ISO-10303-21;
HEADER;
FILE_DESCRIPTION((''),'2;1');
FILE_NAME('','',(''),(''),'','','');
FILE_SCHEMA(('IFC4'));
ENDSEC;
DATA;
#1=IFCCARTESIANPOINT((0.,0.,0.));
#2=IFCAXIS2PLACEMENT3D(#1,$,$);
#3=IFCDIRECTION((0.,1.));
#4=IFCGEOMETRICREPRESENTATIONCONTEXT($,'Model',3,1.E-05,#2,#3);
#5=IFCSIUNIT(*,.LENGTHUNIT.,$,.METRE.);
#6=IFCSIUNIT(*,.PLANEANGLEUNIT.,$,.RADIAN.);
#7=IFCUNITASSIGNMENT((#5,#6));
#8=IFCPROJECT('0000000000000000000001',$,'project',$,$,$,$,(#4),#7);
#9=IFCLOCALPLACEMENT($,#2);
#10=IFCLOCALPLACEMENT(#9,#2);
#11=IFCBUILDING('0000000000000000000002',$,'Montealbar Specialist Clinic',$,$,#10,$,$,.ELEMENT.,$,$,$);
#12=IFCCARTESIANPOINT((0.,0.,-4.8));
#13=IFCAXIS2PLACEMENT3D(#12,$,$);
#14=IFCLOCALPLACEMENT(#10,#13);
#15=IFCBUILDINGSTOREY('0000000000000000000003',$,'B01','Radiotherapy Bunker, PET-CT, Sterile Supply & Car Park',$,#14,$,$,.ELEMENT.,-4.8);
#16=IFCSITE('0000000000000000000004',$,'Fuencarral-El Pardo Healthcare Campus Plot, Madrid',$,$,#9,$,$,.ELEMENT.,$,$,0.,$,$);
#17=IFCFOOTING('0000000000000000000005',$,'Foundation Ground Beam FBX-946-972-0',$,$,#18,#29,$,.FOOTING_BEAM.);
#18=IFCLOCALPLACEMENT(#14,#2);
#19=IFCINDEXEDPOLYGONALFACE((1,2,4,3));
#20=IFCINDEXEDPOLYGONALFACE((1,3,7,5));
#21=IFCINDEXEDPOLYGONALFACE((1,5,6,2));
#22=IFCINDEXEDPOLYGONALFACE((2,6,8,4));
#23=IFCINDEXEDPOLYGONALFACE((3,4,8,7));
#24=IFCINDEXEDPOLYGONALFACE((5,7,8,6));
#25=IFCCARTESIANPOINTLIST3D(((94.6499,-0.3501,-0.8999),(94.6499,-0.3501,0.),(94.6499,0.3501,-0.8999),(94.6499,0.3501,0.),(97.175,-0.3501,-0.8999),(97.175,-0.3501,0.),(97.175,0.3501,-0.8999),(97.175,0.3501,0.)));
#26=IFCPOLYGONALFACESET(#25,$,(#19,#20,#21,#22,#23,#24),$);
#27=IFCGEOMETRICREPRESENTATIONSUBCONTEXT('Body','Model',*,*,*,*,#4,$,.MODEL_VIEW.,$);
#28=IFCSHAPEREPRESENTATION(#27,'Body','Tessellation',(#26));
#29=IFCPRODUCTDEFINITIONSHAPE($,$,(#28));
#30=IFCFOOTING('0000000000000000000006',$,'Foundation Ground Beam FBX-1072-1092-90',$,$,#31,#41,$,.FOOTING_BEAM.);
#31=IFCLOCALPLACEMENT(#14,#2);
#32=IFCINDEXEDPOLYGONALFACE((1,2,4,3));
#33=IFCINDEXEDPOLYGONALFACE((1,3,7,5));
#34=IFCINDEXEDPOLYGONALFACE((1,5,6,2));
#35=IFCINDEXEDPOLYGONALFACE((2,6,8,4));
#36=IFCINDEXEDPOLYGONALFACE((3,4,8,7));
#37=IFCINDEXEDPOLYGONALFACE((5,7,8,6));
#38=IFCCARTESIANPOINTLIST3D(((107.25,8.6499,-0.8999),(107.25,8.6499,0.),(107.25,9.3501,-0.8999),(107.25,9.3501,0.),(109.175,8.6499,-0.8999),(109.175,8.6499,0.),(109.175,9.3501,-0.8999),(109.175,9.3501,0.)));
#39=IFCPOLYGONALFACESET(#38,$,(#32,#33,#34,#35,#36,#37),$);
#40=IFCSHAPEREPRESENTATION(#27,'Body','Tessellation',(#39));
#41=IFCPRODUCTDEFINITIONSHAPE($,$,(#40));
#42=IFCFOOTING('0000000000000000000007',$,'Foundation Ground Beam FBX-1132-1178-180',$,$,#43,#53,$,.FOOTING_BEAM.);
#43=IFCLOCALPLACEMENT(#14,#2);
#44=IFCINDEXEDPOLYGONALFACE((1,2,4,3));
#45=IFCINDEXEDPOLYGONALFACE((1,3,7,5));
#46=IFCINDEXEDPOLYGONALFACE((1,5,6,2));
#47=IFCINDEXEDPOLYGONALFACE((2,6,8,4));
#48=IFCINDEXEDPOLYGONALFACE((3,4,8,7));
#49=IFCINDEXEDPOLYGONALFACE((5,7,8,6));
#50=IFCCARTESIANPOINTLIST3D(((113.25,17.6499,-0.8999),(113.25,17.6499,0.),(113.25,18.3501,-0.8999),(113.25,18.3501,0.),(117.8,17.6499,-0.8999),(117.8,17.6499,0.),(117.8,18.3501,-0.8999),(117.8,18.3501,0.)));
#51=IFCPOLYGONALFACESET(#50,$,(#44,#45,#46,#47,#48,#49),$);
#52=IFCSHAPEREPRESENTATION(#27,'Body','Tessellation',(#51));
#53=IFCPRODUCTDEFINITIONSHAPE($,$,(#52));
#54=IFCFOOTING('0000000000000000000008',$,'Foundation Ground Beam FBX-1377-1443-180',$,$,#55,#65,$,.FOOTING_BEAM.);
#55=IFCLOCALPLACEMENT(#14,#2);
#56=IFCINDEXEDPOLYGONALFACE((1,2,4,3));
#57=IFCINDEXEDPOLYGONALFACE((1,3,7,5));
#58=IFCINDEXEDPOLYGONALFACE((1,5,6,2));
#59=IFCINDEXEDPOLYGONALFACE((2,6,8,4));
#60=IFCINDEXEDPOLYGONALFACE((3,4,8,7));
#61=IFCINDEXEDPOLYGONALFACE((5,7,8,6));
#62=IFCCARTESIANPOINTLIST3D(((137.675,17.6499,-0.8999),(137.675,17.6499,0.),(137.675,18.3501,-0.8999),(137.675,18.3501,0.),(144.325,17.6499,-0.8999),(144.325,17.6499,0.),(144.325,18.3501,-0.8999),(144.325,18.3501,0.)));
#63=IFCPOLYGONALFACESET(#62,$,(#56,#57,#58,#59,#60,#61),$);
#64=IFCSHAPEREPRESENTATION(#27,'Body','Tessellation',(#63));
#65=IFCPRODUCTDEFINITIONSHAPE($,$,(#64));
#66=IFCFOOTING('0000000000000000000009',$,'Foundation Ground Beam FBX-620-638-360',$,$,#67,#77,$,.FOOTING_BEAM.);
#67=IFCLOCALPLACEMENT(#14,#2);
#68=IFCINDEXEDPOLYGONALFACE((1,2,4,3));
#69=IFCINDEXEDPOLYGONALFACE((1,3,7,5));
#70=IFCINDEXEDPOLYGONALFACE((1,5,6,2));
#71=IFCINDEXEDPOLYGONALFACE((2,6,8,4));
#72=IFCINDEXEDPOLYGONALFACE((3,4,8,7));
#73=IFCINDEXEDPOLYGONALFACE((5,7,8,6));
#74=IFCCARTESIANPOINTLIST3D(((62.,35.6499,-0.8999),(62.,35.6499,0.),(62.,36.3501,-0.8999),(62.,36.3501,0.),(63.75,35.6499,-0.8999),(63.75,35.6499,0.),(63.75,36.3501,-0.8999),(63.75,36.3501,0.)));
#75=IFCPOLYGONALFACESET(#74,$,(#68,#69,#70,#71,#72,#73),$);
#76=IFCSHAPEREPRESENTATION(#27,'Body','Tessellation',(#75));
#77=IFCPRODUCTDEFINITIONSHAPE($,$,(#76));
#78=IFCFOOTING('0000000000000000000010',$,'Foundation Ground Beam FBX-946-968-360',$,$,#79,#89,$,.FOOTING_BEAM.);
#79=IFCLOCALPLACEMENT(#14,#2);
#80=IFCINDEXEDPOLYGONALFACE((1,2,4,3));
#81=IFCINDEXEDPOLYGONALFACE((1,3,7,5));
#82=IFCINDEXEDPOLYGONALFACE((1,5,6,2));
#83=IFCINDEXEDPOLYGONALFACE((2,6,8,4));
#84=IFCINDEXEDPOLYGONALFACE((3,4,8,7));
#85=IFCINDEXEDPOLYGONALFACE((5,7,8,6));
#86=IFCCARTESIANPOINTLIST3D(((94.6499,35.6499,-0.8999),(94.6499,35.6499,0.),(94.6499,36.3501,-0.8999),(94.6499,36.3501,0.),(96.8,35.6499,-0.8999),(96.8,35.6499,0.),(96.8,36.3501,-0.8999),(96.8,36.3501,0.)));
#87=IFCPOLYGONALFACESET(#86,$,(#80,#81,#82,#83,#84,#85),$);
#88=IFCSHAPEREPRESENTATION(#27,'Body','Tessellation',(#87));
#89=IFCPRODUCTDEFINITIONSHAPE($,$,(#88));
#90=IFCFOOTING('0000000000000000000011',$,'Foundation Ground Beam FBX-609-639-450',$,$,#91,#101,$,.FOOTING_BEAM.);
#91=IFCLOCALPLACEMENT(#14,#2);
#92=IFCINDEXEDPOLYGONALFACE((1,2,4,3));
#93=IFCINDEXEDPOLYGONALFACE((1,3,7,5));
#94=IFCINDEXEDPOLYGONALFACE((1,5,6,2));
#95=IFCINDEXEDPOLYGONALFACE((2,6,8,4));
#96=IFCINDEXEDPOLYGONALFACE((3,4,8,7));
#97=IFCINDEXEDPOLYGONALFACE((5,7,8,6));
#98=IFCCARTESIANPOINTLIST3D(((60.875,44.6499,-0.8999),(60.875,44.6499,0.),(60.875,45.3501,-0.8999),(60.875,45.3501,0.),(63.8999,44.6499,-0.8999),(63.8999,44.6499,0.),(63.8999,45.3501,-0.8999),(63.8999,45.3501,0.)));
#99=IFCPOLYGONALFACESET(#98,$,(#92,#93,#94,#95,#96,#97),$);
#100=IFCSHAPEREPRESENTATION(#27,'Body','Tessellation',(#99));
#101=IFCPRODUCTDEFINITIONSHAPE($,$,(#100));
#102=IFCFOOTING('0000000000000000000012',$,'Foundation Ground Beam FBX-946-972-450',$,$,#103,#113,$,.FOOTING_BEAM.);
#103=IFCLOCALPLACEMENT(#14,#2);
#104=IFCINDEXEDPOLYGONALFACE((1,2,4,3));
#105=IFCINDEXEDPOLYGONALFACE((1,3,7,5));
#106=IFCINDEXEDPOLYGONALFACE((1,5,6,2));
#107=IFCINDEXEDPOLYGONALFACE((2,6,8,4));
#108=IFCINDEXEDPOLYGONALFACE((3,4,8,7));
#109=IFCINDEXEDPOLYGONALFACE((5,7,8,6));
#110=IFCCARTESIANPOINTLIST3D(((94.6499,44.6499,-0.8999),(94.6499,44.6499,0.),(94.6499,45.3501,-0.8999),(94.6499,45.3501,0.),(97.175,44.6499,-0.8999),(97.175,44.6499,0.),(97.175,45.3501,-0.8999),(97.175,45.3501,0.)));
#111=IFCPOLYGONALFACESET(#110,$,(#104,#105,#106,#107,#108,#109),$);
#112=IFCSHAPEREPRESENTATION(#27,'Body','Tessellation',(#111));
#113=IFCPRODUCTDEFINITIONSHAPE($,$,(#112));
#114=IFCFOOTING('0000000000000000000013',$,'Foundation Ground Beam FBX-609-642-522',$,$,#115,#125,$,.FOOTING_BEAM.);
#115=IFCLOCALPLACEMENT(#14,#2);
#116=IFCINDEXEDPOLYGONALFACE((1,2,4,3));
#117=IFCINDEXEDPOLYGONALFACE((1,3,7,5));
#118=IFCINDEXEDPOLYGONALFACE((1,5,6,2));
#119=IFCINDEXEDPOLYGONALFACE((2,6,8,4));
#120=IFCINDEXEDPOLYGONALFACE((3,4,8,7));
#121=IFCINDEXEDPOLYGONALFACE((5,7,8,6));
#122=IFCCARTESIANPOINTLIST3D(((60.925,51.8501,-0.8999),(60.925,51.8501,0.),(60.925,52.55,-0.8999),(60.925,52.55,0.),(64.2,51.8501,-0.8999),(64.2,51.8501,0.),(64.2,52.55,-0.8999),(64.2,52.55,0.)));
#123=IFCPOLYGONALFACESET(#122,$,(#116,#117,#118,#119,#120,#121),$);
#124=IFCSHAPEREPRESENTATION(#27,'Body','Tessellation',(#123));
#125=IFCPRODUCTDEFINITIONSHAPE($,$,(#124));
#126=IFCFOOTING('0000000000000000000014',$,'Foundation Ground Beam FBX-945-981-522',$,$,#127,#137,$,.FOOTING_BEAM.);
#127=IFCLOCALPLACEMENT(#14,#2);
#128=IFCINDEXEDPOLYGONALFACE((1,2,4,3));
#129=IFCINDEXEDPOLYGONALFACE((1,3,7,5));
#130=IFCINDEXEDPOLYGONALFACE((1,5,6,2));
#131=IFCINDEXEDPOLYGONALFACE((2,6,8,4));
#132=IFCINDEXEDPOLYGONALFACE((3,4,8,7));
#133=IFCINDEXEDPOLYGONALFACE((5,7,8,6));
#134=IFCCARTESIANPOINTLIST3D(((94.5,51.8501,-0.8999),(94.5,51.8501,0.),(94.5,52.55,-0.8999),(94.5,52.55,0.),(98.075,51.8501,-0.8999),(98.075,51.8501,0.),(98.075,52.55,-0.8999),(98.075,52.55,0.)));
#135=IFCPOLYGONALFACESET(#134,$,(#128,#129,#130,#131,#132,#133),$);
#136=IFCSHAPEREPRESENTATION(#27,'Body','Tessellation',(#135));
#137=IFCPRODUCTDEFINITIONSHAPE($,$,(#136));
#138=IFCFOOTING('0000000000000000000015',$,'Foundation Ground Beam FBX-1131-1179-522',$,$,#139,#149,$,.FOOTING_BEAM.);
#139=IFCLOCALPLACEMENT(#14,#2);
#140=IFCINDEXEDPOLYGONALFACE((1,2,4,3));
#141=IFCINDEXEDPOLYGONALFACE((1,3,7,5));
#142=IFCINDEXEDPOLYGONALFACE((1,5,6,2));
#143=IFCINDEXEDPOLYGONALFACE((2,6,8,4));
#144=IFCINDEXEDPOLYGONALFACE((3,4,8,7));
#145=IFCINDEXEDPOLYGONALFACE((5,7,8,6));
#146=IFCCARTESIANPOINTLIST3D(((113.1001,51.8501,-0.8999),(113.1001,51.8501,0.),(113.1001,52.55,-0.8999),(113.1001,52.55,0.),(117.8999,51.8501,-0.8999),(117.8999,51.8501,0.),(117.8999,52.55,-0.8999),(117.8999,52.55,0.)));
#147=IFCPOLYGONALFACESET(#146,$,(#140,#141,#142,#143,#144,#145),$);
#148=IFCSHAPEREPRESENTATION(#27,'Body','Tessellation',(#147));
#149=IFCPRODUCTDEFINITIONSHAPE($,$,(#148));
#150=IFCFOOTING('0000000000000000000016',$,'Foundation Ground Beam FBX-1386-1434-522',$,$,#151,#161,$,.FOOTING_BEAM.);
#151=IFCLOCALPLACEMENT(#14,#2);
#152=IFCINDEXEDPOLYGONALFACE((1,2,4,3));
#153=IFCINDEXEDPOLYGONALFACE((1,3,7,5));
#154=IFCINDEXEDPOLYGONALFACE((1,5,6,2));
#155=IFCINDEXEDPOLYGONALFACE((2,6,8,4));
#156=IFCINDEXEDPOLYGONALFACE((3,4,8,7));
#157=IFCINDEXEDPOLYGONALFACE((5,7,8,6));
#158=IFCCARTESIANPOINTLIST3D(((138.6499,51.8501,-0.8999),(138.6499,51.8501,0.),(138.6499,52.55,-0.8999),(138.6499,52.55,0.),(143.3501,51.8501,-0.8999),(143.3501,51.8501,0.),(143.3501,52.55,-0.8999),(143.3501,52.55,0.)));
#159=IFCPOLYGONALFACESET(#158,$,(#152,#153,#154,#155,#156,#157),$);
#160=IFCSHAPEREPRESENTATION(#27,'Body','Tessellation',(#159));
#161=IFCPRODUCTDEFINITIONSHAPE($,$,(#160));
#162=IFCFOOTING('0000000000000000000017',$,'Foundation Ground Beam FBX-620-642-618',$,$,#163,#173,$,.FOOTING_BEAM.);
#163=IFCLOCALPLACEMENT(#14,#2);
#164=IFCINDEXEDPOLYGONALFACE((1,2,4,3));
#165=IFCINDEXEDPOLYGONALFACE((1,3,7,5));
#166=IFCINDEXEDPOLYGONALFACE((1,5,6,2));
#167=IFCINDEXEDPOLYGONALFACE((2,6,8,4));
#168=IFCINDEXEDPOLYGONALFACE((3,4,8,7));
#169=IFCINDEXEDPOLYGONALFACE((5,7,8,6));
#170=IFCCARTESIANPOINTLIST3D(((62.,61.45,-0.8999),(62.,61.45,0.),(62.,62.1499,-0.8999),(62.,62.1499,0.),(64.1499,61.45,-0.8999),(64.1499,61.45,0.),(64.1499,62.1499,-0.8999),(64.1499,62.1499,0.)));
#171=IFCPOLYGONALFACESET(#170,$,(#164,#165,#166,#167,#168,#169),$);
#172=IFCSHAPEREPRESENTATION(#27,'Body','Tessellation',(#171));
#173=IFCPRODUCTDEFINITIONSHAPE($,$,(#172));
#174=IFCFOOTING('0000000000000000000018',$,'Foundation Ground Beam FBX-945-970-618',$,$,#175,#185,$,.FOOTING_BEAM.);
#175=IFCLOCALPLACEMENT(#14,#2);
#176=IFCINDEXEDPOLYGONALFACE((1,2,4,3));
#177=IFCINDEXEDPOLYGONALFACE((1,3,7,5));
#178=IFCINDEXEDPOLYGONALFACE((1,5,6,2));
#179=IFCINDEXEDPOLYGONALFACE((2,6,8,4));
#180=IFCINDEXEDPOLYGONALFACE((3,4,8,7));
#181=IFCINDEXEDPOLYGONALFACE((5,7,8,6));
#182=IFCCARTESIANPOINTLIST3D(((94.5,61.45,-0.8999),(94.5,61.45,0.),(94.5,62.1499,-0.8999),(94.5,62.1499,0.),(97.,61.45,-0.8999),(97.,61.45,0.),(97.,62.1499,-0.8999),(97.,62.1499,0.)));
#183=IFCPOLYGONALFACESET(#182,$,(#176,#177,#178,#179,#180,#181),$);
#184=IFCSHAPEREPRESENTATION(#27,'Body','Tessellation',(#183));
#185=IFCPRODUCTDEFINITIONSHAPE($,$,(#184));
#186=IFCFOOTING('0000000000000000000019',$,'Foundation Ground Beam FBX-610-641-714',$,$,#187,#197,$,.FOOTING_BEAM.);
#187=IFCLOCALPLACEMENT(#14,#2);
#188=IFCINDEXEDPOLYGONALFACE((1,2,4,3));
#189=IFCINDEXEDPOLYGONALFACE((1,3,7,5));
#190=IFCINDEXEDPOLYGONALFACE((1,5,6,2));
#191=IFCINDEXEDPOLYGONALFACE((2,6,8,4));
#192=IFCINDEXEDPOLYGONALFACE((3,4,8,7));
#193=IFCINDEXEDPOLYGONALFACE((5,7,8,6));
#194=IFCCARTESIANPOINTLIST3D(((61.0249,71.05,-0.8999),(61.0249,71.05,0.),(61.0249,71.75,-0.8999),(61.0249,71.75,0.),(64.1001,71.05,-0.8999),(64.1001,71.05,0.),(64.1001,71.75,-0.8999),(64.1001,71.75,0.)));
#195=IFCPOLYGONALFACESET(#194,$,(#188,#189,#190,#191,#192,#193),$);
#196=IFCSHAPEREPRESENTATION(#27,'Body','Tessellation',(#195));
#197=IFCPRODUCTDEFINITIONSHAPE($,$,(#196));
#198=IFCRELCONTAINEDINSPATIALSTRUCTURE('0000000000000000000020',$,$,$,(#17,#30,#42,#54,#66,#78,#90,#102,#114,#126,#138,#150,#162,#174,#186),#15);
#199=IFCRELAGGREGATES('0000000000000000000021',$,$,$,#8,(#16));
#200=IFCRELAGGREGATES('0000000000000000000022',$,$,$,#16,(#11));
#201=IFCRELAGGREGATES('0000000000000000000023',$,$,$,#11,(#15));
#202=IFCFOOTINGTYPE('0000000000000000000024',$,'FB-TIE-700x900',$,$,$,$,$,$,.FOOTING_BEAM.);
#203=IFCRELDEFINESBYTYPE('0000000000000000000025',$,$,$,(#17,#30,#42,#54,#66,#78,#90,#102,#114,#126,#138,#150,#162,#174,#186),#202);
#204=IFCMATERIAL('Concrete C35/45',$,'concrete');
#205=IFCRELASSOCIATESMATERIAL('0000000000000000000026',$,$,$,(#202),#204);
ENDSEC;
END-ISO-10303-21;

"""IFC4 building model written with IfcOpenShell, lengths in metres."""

from ifc_helpers import new_model, si_unit, direction, frame, origin, place, context, subcontext, project, spatial, polyline, outline, extrude, material, type_object, element, save


model = new_model("IFC4")

# Units and contexts
model_context = context("Model", 3, precision=1e-05, world=origin(), true_north=direction((0.0, 1.0)))
body_context = subcontext(model_context, "Body", "Model", "MODEL_VIEW")
ifc_project = project(units=[si_unit("LENGTHUNIT", "METRE"), si_unit("PLANEANGLEUNIT", "RADIAN")], contexts=[model_context])

# Site, building, storey
site_placement = place(None, origin())
site = spatial("IfcSite", under=ifc_project, at=site_placement, Name="Fuencarral-El Pardo Healthcare Campus Plot, Madrid", CompositionType="ELEMENT", RefElevation=0.0)
building_placement = place(site_placement, origin())
building = spatial("IfcBuilding", under=site, at=building_placement, Name="Montealbar Specialist Clinic", CompositionType="ELEMENT")
storey_placement = place(building_placement, frame((0.0, 0.0, -4.8)))
storey = spatial("IfcBuildingStorey", under=building, at=storey_placement, Name="B01", Description="Radiotherapy Bunker, PET-CT, Sterile Supply & Car Park", CompositionType="ELEMENT", Elevation=-4.8)

# Footings
ifc_material = material(Name="Concrete C35/45", Category="concrete")
footing_type = type_object("IfcFootingType", Name="FB-TIE-700x900", PredefinedType="FOOTING_BEAM", material=ifc_material)
footing_1_placement = place(storey_placement, frame((0.0, 0.0, -0.8999)))
element("IfcFooting", 1, at=footing_1_placement, inside=storey, type_object=footing_type, Name="Foundation Ground Beam FBX-946-972-0", PredefinedType="FOOTING_BEAM", context=body_context, shape_type="SweptSolid", body=[
    extrude(outline(polyline([(94.6499, -0.3501), (97.175, -0.3501), (97.175, 0.3501), (94.6499, 0.3501), (94.6499, -0.3501)])), origin(), (0.0, 0.0, 1.0), 0.8999),
])
footing_2_placement = place(storey_placement, frame((0.0, 0.0, -0.8999)))
element("IfcFooting", 2, at=footing_2_placement, inside=storey, type_object=footing_type, Name="Foundation Ground Beam FBX-1072-1092-90", PredefinedType="FOOTING_BEAM", context=body_context, shape_type="SweptSolid", body=[
    extrude(outline(polyline([(107.25, 8.6499), (109.175, 8.6499), (109.175, 9.3501), (107.25, 9.3501), (107.25, 8.6499)])), origin(), (0.0, 0.0, 1.0), 0.8999),
])
footing_3_placement = place(storey_placement, frame((0.0, 0.0, -0.8999)))
element("IfcFooting", 3, at=footing_3_placement, inside=storey, type_object=footing_type, Name="Foundation Ground Beam FBX-1132-1178-180", PredefinedType="FOOTING_BEAM", context=body_context, shape_type="SweptSolid", body=[
    extrude(outline(polyline([(113.25, 17.6499), (117.8, 17.6499), (117.8, 18.3501), (113.25, 18.3501), (113.25, 17.6499)])), origin(), (0.0, 0.0, 1.0), 0.8999),
])
footing_4_placement = place(storey_placement, frame((0.0, 0.0, -0.8999)))
element("IfcFooting", 4, at=footing_4_placement, inside=storey, type_object=footing_type, Name="Foundation Ground Beam FBX-1377-1443-180", PredefinedType="FOOTING_BEAM", context=body_context, shape_type="SweptSolid", body=[
    extrude(outline(polyline([(137.675, 17.6499), (144.325, 17.6499), (144.325, 18.3501), (137.675, 18.3501), (137.675, 17.6499)])), origin(), (0.0, 0.0, 1.0), 0.8999),
])
footing_5_placement = place(storey_placement, frame((0.0, 0.0, -0.8999)))
element("IfcFooting", 5, at=footing_5_placement, inside=storey, type_object=footing_type, Name="Foundation Ground Beam FBX-620-638-360", PredefinedType="FOOTING_BEAM", context=body_context, shape_type="SweptSolid", body=[
    extrude(outline(polyline([(62.0, 35.6499), (63.75, 35.6499), (63.75, 36.3501), (62.0, 36.3501), (62.0, 35.6499)])), origin(), (0.0, 0.0, 1.0), 0.8999),
])
footing_6_placement = place(storey_placement, frame((0.0, 0.0, -0.8999)))
element("IfcFooting", 6, at=footing_6_placement, inside=storey, type_object=footing_type, Name="Foundation Ground Beam FBX-946-968-360", PredefinedType="FOOTING_BEAM", context=body_context, shape_type="SweptSolid", body=[
    extrude(outline(polyline([(94.6499, 35.6499), (96.8, 35.6499), (96.8, 36.3501), (94.6499, 36.3501), (94.6499, 35.6499)])), origin(), (0.0, 0.0, 1.0), 0.8999),
])
footing_7_placement = place(storey_placement, frame((0.0, 0.0, -0.8999)))
element("IfcFooting", 7, at=footing_7_placement, inside=storey, type_object=footing_type, Name="Foundation Ground Beam FBX-609-639-450", PredefinedType="FOOTING_BEAM", context=body_context, shape_type="SweptSolid", body=[
    extrude(outline(polyline([(60.875, 44.6499), (63.8999, 44.6499), (63.8999, 45.3501), (60.875, 45.3501), (60.875, 44.6499)])), origin(), (0.0, 0.0, 1.0), 0.8999),
])
footing_8_placement = place(storey_placement, frame((0.0, 0.0, -0.8999)))
element("IfcFooting", 8, at=footing_8_placement, inside=storey, type_object=footing_type, Name="Foundation Ground Beam FBX-946-972-450", PredefinedType="FOOTING_BEAM", context=body_context, shape_type="SweptSolid", body=[
    extrude(outline(polyline([(94.6499, 44.6499), (97.175, 44.6499), (97.175, 45.3501), (94.6499, 45.3501), (94.6499, 44.6499)])), origin(), (0.0, 0.0, 1.0), 0.8999),
])
footing_9_placement = place(storey_placement, frame((0.0, 0.0, -0.8999)))
element("IfcFooting", 9, at=footing_9_placement, inside=storey, type_object=footing_type, Name="Foundation Ground Beam FBX-609-642-522", PredefinedType="FOOTING_BEAM", context=body_context, shape_type="SweptSolid", body=[
    extrude(outline(polyline([(60.925, 51.8501), (64.2, 51.8501), (64.2, 52.55), (60.925, 52.55), (60.925, 51.8501)])), origin(), (0.0, 0.0, 1.0), 0.8999),
])
footing_10_placement = place(storey_placement, frame((0.0, 0.0, -0.8999)))
element("IfcFooting", 10, at=footing_10_placement, inside=storey, type_object=footing_type, Name="Foundation Ground Beam FBX-945-981-522", PredefinedType="FOOTING_BEAM", context=body_context, shape_type="SweptSolid", body=[
    extrude(outline(polyline([(94.5, 51.8501), (98.075, 51.8501), (98.075, 52.55), (94.5, 52.55), (94.5, 51.8501)])), origin(), (0.0, 0.0, 1.0), 0.8999),
])
footing_11_placement = place(storey_placement, frame((0.0, 0.0, -0.8999)))
element("IfcFooting", 11, at=footing_11_placement, inside=storey, type_object=footing_type, Name="Foundation Ground Beam FBX-1131-1179-522", PredefinedType="FOOTING_BEAM", context=body_context, shape_type="SweptSolid", body=[
    extrude(outline(polyline([(113.1001, 51.8501), (117.8999, 51.8501), (117.8999, 52.55), (113.1001, 52.55), (113.1001, 51.8501)])), origin(), (0.0, 0.0, 1.0), 0.8999),
])
footing_12_placement = place(storey_placement, frame((0.0, 0.0, -0.8999)))
element("IfcFooting", 12, at=footing_12_placement, inside=storey, type_object=footing_type, Name="Foundation Ground Beam FBX-1386-1434-522", PredefinedType="FOOTING_BEAM", context=body_context, shape_type="SweptSolid", body=[
    extrude(outline(polyline([(138.6499, 51.8501), (143.3501, 51.8501), (143.3501, 52.55), (138.6499, 52.55), (138.6499, 51.8501)])), origin(), (0.0, 0.0, 1.0), 0.8999),
])
footing_13_placement = place(storey_placement, frame((0.0, 0.0, -0.8999)))
element("IfcFooting", 13, at=footing_13_placement, inside=storey, type_object=footing_type, Name="Foundation Ground Beam FBX-620-642-618", PredefinedType="FOOTING_BEAM", context=body_context, shape_type="SweptSolid", body=[
    extrude(outline(polyline([(62.0, 61.45), (64.1499, 61.45), (64.1499, 62.1499), (62.0, 62.1499), (62.0, 61.45)])), origin(), (0.0, 0.0, 1.0), 0.8999),
])
footing_14_placement = place(storey_placement, frame((0.0, 0.0, -0.8999)))
element("IfcFooting", 14, at=footing_14_placement, inside=storey, type_object=footing_type, Name="Foundation Ground Beam FBX-945-970-618", PredefinedType="FOOTING_BEAM", context=body_context, shape_type="SweptSolid", body=[
    extrude(outline(polyline([(94.5, 61.45), (97.0, 61.45), (97.0, 62.1499), (94.5, 62.1499), (94.5, 61.45)])), origin(), (0.0, 0.0, 1.0), 0.8999),
])
footing_15_placement = place(storey_placement, frame((0.0, 0.0, -0.8999)))
element("IfcFooting", 15, at=footing_15_placement, inside=storey, type_object=footing_type, Name="Foundation Ground Beam FBX-610-641-714", PredefinedType="FOOTING_BEAM", context=body_context, shape_type="SweptSolid", body=[
    extrude(outline(polyline([(61.0249, 71.05), (64.1001, 71.05), (64.1001, 71.75), (61.0249, 71.75), (61.0249, 71.05)])), origin(), (0.0, 0.0, 1.0), 0.8999),
])

save(model, "model.ifc")
